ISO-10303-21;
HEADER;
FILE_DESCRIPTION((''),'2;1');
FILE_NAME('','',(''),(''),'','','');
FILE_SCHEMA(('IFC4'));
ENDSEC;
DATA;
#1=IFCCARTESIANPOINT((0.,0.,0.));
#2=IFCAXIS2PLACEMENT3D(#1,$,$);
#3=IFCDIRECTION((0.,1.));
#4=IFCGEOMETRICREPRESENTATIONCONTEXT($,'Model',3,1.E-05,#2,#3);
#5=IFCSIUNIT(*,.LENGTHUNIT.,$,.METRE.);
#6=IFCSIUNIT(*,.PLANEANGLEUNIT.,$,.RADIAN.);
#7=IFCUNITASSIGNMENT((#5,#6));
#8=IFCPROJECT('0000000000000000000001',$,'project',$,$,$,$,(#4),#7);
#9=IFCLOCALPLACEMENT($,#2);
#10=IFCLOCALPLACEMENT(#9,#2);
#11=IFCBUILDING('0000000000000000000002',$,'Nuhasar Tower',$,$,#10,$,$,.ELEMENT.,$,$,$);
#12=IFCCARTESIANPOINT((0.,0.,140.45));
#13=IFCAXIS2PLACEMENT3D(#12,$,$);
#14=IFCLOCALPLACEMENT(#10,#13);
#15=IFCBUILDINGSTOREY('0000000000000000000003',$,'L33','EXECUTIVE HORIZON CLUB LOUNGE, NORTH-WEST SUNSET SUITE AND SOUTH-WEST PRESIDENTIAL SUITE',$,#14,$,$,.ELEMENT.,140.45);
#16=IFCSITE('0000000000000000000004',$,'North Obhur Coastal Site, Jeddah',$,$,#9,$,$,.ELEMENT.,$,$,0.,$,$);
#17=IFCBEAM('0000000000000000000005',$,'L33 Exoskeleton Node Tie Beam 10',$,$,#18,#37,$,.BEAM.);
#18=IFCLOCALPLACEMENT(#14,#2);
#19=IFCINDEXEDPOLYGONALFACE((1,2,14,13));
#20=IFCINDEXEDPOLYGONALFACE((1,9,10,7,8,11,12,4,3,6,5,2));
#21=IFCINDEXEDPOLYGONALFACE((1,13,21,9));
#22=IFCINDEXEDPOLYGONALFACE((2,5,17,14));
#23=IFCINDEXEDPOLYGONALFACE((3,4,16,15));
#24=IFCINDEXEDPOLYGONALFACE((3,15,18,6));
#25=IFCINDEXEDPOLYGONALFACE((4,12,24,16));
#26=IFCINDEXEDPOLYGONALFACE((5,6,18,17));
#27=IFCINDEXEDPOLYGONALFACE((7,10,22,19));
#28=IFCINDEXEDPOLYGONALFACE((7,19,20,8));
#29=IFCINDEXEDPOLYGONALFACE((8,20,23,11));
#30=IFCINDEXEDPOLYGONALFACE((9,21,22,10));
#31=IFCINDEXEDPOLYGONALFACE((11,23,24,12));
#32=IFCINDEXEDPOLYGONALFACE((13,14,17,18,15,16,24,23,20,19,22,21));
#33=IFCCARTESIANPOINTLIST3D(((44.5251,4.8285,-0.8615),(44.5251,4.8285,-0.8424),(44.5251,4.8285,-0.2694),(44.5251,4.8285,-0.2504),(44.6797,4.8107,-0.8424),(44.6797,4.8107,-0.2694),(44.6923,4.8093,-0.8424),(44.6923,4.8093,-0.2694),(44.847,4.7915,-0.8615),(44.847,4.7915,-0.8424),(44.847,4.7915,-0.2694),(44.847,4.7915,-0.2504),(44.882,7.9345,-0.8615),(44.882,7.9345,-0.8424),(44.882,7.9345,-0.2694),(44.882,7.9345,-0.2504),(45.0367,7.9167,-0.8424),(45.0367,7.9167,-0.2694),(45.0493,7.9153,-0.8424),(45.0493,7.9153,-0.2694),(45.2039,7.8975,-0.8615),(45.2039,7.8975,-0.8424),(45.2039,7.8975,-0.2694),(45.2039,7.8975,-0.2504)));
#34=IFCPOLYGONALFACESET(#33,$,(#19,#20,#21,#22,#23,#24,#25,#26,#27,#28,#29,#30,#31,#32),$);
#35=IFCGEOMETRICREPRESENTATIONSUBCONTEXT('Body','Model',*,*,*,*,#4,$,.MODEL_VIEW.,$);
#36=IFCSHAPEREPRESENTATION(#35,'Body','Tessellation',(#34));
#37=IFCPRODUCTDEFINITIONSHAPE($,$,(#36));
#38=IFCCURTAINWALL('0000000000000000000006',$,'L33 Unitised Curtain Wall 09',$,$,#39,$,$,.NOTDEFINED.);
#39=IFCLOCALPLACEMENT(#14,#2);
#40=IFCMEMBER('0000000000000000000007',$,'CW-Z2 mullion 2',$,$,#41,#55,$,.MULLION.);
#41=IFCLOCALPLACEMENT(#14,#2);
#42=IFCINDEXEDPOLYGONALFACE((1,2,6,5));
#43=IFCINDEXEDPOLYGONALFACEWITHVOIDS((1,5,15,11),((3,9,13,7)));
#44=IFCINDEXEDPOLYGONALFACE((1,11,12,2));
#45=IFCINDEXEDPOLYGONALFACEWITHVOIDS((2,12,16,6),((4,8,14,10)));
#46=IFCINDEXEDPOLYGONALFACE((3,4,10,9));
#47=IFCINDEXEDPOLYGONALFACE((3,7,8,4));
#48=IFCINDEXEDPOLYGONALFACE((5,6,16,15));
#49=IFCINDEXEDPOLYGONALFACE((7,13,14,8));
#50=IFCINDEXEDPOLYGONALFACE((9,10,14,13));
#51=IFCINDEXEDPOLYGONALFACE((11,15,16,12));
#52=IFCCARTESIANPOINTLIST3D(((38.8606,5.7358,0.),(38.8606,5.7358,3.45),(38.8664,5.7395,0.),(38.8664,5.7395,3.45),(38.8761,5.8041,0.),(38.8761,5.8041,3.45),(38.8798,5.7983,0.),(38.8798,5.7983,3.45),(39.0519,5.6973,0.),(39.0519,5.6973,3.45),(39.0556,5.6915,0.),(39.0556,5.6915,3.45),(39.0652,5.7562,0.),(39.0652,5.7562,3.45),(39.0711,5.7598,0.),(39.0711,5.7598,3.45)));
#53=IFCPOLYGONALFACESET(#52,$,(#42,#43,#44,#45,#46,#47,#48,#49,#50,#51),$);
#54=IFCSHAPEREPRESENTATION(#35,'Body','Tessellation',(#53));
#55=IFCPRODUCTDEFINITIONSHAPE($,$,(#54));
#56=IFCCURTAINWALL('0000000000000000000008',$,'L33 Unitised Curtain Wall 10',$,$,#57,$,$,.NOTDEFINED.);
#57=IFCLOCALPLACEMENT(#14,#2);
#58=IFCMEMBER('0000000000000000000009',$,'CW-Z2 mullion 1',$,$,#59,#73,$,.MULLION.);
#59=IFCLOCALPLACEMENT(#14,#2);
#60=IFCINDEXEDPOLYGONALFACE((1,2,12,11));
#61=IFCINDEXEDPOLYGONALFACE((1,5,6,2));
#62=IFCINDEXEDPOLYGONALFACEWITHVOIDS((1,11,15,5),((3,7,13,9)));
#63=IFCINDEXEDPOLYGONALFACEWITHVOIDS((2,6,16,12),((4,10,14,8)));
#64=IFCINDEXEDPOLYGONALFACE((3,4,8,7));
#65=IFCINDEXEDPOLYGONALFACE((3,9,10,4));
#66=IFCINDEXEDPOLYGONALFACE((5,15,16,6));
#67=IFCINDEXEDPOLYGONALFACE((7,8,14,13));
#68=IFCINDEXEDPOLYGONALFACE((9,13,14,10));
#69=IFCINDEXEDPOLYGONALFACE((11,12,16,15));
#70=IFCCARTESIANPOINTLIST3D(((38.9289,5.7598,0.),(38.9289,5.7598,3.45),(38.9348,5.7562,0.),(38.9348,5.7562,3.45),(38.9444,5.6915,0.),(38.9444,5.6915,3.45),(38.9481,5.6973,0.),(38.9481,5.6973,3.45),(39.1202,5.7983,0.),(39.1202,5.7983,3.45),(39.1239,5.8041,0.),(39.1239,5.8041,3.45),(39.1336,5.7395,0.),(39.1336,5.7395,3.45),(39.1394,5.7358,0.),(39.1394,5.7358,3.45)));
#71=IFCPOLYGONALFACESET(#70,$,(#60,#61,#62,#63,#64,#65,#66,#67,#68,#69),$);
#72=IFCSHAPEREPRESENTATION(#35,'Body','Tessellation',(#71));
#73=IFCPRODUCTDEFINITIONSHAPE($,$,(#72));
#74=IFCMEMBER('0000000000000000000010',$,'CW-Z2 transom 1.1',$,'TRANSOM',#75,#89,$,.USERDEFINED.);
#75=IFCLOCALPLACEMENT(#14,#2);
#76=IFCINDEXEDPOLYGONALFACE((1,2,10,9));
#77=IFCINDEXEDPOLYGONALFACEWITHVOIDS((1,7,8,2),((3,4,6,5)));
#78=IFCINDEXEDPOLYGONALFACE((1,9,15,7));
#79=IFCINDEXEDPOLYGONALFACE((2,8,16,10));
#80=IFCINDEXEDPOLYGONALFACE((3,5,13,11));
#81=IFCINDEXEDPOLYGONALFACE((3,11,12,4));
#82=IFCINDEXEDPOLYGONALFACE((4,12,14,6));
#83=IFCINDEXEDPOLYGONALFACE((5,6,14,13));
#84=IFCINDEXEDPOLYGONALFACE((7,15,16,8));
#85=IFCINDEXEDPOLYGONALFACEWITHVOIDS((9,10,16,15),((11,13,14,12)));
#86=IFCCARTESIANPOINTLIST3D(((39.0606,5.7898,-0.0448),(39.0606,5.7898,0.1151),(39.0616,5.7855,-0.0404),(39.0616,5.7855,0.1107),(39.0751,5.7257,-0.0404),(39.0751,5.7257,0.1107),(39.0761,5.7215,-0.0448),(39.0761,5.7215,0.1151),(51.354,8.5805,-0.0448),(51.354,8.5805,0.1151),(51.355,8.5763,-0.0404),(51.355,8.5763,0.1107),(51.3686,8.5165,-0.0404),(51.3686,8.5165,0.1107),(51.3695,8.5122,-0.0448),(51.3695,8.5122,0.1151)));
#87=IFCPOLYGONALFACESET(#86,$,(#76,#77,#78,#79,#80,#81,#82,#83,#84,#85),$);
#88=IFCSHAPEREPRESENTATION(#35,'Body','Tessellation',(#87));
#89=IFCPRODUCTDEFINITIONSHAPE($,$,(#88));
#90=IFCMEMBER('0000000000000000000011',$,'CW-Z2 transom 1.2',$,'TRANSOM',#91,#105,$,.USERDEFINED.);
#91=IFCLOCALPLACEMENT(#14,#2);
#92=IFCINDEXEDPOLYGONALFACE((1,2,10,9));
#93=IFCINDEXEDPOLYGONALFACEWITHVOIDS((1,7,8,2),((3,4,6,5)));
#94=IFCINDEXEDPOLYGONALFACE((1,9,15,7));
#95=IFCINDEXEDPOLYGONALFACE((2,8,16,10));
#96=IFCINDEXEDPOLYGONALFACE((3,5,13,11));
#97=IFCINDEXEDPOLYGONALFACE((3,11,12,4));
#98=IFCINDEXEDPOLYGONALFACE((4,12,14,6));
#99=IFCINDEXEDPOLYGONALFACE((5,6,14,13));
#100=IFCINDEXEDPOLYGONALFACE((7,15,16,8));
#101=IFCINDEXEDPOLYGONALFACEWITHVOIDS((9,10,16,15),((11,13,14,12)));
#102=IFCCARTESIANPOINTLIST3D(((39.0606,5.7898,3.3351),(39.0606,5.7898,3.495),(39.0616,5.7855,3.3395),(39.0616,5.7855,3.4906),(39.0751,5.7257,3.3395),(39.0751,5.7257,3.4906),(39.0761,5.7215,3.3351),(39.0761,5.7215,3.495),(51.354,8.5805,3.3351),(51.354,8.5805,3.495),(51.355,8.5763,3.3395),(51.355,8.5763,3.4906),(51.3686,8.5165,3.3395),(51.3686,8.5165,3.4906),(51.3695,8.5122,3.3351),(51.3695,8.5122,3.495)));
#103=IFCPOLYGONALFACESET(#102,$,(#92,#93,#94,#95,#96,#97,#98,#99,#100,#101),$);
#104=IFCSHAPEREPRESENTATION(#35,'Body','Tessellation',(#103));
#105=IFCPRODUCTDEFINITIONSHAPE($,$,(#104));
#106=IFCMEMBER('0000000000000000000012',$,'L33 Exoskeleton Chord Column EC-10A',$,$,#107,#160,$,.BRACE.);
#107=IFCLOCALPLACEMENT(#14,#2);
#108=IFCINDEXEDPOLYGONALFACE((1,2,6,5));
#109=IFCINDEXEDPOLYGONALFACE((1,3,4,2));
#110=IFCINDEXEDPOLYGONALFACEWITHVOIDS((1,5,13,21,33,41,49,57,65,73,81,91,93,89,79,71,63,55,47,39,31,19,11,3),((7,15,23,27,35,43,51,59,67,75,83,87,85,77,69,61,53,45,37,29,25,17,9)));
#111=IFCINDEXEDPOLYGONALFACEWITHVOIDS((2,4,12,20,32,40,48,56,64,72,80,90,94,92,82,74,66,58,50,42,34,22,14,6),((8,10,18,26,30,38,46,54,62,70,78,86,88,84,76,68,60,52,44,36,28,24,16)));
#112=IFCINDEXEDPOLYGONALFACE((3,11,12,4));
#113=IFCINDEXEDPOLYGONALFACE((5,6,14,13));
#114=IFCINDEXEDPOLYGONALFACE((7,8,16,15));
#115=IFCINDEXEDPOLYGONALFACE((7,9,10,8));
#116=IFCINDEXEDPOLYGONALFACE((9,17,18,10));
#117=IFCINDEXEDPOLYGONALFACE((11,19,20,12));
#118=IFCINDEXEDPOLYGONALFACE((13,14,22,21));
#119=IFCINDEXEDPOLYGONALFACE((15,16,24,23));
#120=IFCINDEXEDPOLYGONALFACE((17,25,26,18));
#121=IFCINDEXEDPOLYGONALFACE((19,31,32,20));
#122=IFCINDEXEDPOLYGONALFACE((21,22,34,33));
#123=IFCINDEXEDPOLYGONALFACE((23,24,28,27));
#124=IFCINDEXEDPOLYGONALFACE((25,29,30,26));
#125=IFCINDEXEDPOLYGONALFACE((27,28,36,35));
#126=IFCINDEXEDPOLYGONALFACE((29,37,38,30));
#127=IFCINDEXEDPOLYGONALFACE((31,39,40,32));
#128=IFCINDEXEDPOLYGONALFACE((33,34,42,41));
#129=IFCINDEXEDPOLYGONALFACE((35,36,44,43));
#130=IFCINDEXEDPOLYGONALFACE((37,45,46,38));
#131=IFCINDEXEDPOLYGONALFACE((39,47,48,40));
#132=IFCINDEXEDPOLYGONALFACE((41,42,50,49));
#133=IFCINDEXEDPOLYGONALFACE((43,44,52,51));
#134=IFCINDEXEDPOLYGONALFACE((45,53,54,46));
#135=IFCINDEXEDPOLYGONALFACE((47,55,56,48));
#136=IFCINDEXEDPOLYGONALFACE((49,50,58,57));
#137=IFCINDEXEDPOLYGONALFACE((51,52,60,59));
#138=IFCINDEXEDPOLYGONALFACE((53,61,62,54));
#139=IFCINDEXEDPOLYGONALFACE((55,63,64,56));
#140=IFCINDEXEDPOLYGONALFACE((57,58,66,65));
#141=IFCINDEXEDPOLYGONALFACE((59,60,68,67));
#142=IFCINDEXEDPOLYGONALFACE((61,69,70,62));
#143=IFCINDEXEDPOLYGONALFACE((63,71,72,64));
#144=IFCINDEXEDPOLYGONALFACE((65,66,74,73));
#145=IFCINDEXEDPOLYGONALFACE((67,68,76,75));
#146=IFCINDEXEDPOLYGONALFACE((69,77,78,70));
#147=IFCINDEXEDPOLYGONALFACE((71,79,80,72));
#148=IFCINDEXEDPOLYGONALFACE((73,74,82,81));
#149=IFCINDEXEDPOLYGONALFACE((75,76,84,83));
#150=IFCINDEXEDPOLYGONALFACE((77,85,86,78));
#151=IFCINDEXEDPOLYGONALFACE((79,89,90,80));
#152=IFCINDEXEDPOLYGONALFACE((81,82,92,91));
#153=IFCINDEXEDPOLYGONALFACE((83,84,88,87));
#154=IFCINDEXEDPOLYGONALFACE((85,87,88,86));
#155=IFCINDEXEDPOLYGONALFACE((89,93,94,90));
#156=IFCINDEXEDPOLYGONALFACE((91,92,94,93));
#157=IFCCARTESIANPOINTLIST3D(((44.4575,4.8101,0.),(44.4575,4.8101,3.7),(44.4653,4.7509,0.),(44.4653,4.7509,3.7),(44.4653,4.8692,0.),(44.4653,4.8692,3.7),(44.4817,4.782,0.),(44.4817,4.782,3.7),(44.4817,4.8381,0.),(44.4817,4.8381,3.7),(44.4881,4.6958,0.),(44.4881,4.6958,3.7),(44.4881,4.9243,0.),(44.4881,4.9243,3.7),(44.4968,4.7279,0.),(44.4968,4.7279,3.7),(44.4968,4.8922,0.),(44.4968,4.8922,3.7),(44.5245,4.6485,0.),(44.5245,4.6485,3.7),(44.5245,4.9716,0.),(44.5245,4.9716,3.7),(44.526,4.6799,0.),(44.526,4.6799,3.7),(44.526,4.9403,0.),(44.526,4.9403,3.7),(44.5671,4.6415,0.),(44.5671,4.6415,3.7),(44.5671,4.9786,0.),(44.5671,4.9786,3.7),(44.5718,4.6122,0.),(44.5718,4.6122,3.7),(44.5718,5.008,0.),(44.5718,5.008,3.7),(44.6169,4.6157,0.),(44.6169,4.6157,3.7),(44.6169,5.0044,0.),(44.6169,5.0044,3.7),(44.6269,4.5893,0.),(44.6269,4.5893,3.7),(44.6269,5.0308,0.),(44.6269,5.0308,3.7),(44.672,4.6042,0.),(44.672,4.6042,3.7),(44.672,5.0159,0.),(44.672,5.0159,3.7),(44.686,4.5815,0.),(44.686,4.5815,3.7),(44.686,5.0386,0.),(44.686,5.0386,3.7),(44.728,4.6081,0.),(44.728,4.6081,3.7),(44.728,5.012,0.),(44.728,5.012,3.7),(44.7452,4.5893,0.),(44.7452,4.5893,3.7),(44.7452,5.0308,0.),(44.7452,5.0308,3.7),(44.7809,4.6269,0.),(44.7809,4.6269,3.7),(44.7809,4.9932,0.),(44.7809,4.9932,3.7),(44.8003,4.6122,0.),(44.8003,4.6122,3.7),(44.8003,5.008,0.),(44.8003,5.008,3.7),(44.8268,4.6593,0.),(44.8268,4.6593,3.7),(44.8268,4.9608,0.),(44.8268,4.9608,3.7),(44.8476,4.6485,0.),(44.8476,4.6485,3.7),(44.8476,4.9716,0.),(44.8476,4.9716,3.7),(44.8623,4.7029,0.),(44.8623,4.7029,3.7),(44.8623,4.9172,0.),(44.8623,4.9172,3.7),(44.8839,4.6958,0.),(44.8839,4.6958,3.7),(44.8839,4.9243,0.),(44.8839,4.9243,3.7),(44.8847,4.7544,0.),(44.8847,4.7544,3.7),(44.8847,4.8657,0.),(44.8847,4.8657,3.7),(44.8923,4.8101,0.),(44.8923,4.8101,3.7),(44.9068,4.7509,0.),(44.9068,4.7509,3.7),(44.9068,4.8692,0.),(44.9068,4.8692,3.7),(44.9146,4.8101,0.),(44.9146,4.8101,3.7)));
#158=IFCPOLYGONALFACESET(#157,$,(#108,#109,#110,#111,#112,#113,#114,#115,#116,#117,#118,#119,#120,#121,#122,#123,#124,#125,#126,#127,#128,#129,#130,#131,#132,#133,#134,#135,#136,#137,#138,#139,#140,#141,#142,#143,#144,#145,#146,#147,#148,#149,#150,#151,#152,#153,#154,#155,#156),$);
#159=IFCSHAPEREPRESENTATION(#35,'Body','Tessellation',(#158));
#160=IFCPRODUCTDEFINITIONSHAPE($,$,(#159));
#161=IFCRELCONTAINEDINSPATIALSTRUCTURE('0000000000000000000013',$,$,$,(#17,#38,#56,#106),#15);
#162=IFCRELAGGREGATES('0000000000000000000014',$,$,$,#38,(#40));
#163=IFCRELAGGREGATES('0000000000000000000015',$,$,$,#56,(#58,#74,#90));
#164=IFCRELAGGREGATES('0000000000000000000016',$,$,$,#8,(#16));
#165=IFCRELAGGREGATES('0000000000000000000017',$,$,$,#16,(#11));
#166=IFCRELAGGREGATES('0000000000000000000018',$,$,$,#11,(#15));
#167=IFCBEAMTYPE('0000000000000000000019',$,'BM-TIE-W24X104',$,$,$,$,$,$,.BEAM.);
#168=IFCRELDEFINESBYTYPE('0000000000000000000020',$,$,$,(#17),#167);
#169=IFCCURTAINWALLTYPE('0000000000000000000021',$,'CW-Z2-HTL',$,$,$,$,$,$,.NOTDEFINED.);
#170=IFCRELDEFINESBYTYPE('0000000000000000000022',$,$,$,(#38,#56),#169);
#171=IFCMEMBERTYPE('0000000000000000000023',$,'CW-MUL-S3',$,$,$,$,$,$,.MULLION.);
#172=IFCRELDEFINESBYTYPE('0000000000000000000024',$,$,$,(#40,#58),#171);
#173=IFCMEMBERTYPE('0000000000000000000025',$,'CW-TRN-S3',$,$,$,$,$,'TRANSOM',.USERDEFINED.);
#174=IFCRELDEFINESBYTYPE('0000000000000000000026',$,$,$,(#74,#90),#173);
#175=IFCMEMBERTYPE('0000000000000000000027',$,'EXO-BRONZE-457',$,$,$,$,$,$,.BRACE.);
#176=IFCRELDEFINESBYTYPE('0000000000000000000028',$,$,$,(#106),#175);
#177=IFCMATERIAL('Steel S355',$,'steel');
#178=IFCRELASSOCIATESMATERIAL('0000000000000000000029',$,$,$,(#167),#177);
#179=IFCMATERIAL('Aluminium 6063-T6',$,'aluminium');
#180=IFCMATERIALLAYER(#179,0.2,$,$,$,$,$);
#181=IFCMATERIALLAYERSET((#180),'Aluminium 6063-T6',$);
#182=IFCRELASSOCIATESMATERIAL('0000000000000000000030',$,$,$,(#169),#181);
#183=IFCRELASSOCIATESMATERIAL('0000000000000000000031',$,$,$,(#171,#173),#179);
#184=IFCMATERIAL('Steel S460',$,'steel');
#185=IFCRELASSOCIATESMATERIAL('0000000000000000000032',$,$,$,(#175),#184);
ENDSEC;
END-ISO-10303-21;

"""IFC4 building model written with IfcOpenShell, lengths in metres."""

from ifc_helpers import new_model, si_unit, direction, frame, origin, origin_2d, place, context, subcontext, project, spatial, hollow_rectangle, hollow_circle, i_section, extrude, material, layer, layer_set, material_profile, profile_set, type_object, element, aggregate, save


model = new_model("IFC4")

# Units and contexts
model_context = context("Model", 3, precision=1e-05, world=origin(), true_north=direction((0.0, 1.0)))
body_context = subcontext(model_context, "Body", "Model", "MODEL_VIEW")
ifc_project = project(units=[si_unit("LENGTHUNIT", "METRE"), si_unit("PLANEANGLEUNIT", "RADIAN")], contexts=[model_context])

# Site, building, storey
site_placement = place(None, origin())
site = spatial("IfcSite", under=ifc_project, at=site_placement, Name="North Obhur Coastal Site, Jeddah", CompositionType="ELEMENT", RefElevation=0.0)
building_placement = place(site_placement, origin())
building = spatial("IfcBuilding", under=site, at=building_placement, Name="Nuhasar Tower", CompositionType="ELEMENT")
storey_placement = place(building_placement, frame((0.0, 0.0, 140.45)))
storey = spatial("IfcBuildingStorey", under=building, at=storey_placement, Name="L33", Description="EXECUTIVE HORIZON CLUB LOUNGE, NORTH-WEST SUNSET SUITE AND SOUTH-WEST PRESIDENTIAL SUITE", CompositionType="ELEMENT", Elevation=140.45)

# Beam
ifc_material_1 = material(Name="Steel S355", Category="steel")
ifc_material_profile_1 = material_profile(ifc_material_1, i_section(OverallWidth=0.324, OverallDepth=0.6111, WebThickness=0.0127, FlangeThickness=0.019, at=origin_2d()), Name="W24X104")
ifc_profile_set_1 = profile_set([ifc_material_profile_1], Name="Steel S355")
beam_type_1 = type_object("IfcBeamType", Name="BM-TIE-W24X104", PredefinedType="BEAM", material=ifc_profile_set_1)
beam_1_placement = place(storey_placement, frame((45.043, 7.916, -0.5559), z_axis=(-0.114168, -0.993461, 0.0), x_axis=(0.993461, -0.114168, 0.0)))
element("IfcBeam", 1, at=beam_1_placement, inside=storey, type_object=beam_type_1, Name="L33 Exoskeleton Node Tie Beam 10", PredefinedType="BEAM", context=body_context, shape_type="SweptSolid", body=[
    extrude(i_section(OverallWidth=0.324, OverallDepth=0.6111, WebThickness=0.0127, FlangeThickness=0.019, at=origin_2d()), origin(), (0.0, 0.0, 1.0), 3.1265),
])

# Curtain wall, member
ifc_material_2 = material(Name="Aluminium 6063-T6", Category="aluminium")
ifc_layer_1 = layer(ifc_material_2, 0.2)
ifc_layer_set_1 = layer_set([ifc_layer_1], Name="Aluminium 6063-T6")
curtain_wall_type = type_object("IfcCurtainWallType", Name="CW-Z2-HTL", PredefinedType="NOTDEFINED", material=ifc_layer_set_1)
curtain_wall_1_placement = place(storey_placement, origin())
curtain_wall_1 = element("IfcCurtainWall", 2, at=curtain_wall_1_placement, inside=storey, type_object=curtain_wall_type, Name="L33 Unitised Curtain Wall 09", PredefinedType="NOTDEFINED")
ifc_material_profile_2 = material_profile(ifc_material_2, hollow_rectangle(XDim=0.0701, YDim=0.2, WallThickness=0.0049, at=origin_2d()), Name="CWM-3")
ifc_profile_set_2 = profile_set([ifc_material_profile_2], Name="Aluminium 6063-T6")
member_type_1 = type_object("IfcMemberType", Name="CW-MUL-S3", PredefinedType="MULLION", material=ifc_profile_set_2)
member_1_placement = place(storey_placement, frame((38.9658, 5.7478, 0.0), z_axis=(0.0, 0.0, 1.0), x_axis=(0.221397, 0.975184, 0.0)))
member_1 = element("IfcMember", 3, at=member_1_placement, type_object=member_type_1, Name="CW-Z2 mullion 2", PredefinedType="MULLION", context=body_context, shape_type="SweptSolid", body=[
    extrude(hollow_rectangle(XDim=0.0701, YDim=0.2, WallThickness=0.0049, at=origin_2d()), origin(), (0.0, 0.0, 1.0), 3.45),
])
aggregate(curtain_wall_1, [member_1])

# Curtain wall, members
curtain_wall_2_placement = place(storey_placement, origin())
curtain_wall_2 = element("IfcCurtainWall", 4, at=curtain_wall_2_placement, inside=storey, type_object=curtain_wall_type, Name="L33 Unitised Curtain Wall 10", PredefinedType="NOTDEFINED")
member_2_placement = place(storey_placement, frame((39.0342, 5.7478, 0.0), z_axis=(0.0, 0.0, 1.0), x_axis=(-0.221397, 0.975184, 0.0)))
member_2 = element("IfcMember", 5, at=member_2_placement, type_object=member_type_1, Name="CW-Z2 mullion 1", PredefinedType="MULLION", context=body_context, shape_type="SweptSolid", body=[
    extrude(hollow_rectangle(XDim=0.0701, YDim=0.2, WallThickness=0.0049, at=origin_2d()), origin(), (0.0, 0.0, 1.0), 3.45),
])
ifc_material_profile_3 = material_profile(ifc_material_2, hollow_rectangle(XDim=0.0701, YDim=0.1599, WallThickness=0.0044, at=origin_2d()), Name="CWT-3")
ifc_profile_set_3 = profile_set([ifc_material_profile_3], Name="Aluminium 6063-T6")
member_type_2 = type_object("IfcMemberType", Name="CW-TRN-S3", ElementType="TRANSOM", PredefinedType="USERDEFINED", material=ifc_profile_set_3)
member_3_placement = place(storey_placement, frame((39.0684, 5.7556, 0.0352), z_axis=(0.975188, 0.22138, 0.0), x_axis=(-0.22138, 0.975188, 0.0)))
member_3 = element("IfcMember", 6, at=member_3_placement, type_object=member_type_2, Name="CW-Z2 transom 1.1", ObjectType="TRANSOM", PredefinedType="USERDEFINED", context=body_context, shape_type="SweptSolid", body=[
    extrude(hollow_rectangle(XDim=0.0701, YDim=0.1599, WallThickness=0.0044, at=origin_2d()), origin(), (0.0, 0.0, 1.0), 12.6062),
])
member_4_placement = place(storey_placement, frame((39.0684, 5.7556, 3.415), z_axis=(0.975188, 0.22138, 0.0), x_axis=(-0.22138, 0.975188, 0.0)))
member_4 = element("IfcMember", 7, at=member_4_placement, type_object=member_type_2, Name="CW-Z2 transom 1.2", ObjectType="TRANSOM", PredefinedType="USERDEFINED", context=body_context, shape_type="SweptSolid", body=[
    extrude(hollow_rectangle(XDim=0.0701, YDim=0.1599, WallThickness=0.0044, at=origin_2d()), origin(), (0.0, 0.0, 1.0), 12.6062),
])

# Member
ifc_material_3 = material(Name="Steel S460", Category="steel")
ifc_material_profile_4 = material_profile(ifc_material_3, hollow_circle(Radius=0.2285, WallThickness=0.0222, at=origin_2d()), Name="HSS457X22.2")
ifc_profile_set_4 = profile_set([ifc_material_profile_4], Name="Steel S460")
member_type_3 = type_object("IfcMemberType", Name="EXO-BRONZE-457", PredefinedType="BRACE", material=ifc_profile_set_4)
member_5_placement = place(storey_placement, frame((44.686, 4.8101, 0.0), z_axis=(0.0, 0.0, 1.0), x_axis=(1.0, 0.0, 0.0)))
element("IfcMember", 8, at=member_5_placement, inside=storey, type_object=member_type_3, Name="L33 Exoskeleton Chord Column EC-10A", PredefinedType="BRACE", context=body_context, shape_type="SweptSolid", body=[
    extrude(hollow_circle(Radius=0.2285, WallThickness=0.0222, at=origin_2d()), origin(), (0.0, 0.0, 1.0), 3.7),
])

aggregate(curtain_wall_2, [member_2, member_3, member_4])

save(model, "model.ifc")
